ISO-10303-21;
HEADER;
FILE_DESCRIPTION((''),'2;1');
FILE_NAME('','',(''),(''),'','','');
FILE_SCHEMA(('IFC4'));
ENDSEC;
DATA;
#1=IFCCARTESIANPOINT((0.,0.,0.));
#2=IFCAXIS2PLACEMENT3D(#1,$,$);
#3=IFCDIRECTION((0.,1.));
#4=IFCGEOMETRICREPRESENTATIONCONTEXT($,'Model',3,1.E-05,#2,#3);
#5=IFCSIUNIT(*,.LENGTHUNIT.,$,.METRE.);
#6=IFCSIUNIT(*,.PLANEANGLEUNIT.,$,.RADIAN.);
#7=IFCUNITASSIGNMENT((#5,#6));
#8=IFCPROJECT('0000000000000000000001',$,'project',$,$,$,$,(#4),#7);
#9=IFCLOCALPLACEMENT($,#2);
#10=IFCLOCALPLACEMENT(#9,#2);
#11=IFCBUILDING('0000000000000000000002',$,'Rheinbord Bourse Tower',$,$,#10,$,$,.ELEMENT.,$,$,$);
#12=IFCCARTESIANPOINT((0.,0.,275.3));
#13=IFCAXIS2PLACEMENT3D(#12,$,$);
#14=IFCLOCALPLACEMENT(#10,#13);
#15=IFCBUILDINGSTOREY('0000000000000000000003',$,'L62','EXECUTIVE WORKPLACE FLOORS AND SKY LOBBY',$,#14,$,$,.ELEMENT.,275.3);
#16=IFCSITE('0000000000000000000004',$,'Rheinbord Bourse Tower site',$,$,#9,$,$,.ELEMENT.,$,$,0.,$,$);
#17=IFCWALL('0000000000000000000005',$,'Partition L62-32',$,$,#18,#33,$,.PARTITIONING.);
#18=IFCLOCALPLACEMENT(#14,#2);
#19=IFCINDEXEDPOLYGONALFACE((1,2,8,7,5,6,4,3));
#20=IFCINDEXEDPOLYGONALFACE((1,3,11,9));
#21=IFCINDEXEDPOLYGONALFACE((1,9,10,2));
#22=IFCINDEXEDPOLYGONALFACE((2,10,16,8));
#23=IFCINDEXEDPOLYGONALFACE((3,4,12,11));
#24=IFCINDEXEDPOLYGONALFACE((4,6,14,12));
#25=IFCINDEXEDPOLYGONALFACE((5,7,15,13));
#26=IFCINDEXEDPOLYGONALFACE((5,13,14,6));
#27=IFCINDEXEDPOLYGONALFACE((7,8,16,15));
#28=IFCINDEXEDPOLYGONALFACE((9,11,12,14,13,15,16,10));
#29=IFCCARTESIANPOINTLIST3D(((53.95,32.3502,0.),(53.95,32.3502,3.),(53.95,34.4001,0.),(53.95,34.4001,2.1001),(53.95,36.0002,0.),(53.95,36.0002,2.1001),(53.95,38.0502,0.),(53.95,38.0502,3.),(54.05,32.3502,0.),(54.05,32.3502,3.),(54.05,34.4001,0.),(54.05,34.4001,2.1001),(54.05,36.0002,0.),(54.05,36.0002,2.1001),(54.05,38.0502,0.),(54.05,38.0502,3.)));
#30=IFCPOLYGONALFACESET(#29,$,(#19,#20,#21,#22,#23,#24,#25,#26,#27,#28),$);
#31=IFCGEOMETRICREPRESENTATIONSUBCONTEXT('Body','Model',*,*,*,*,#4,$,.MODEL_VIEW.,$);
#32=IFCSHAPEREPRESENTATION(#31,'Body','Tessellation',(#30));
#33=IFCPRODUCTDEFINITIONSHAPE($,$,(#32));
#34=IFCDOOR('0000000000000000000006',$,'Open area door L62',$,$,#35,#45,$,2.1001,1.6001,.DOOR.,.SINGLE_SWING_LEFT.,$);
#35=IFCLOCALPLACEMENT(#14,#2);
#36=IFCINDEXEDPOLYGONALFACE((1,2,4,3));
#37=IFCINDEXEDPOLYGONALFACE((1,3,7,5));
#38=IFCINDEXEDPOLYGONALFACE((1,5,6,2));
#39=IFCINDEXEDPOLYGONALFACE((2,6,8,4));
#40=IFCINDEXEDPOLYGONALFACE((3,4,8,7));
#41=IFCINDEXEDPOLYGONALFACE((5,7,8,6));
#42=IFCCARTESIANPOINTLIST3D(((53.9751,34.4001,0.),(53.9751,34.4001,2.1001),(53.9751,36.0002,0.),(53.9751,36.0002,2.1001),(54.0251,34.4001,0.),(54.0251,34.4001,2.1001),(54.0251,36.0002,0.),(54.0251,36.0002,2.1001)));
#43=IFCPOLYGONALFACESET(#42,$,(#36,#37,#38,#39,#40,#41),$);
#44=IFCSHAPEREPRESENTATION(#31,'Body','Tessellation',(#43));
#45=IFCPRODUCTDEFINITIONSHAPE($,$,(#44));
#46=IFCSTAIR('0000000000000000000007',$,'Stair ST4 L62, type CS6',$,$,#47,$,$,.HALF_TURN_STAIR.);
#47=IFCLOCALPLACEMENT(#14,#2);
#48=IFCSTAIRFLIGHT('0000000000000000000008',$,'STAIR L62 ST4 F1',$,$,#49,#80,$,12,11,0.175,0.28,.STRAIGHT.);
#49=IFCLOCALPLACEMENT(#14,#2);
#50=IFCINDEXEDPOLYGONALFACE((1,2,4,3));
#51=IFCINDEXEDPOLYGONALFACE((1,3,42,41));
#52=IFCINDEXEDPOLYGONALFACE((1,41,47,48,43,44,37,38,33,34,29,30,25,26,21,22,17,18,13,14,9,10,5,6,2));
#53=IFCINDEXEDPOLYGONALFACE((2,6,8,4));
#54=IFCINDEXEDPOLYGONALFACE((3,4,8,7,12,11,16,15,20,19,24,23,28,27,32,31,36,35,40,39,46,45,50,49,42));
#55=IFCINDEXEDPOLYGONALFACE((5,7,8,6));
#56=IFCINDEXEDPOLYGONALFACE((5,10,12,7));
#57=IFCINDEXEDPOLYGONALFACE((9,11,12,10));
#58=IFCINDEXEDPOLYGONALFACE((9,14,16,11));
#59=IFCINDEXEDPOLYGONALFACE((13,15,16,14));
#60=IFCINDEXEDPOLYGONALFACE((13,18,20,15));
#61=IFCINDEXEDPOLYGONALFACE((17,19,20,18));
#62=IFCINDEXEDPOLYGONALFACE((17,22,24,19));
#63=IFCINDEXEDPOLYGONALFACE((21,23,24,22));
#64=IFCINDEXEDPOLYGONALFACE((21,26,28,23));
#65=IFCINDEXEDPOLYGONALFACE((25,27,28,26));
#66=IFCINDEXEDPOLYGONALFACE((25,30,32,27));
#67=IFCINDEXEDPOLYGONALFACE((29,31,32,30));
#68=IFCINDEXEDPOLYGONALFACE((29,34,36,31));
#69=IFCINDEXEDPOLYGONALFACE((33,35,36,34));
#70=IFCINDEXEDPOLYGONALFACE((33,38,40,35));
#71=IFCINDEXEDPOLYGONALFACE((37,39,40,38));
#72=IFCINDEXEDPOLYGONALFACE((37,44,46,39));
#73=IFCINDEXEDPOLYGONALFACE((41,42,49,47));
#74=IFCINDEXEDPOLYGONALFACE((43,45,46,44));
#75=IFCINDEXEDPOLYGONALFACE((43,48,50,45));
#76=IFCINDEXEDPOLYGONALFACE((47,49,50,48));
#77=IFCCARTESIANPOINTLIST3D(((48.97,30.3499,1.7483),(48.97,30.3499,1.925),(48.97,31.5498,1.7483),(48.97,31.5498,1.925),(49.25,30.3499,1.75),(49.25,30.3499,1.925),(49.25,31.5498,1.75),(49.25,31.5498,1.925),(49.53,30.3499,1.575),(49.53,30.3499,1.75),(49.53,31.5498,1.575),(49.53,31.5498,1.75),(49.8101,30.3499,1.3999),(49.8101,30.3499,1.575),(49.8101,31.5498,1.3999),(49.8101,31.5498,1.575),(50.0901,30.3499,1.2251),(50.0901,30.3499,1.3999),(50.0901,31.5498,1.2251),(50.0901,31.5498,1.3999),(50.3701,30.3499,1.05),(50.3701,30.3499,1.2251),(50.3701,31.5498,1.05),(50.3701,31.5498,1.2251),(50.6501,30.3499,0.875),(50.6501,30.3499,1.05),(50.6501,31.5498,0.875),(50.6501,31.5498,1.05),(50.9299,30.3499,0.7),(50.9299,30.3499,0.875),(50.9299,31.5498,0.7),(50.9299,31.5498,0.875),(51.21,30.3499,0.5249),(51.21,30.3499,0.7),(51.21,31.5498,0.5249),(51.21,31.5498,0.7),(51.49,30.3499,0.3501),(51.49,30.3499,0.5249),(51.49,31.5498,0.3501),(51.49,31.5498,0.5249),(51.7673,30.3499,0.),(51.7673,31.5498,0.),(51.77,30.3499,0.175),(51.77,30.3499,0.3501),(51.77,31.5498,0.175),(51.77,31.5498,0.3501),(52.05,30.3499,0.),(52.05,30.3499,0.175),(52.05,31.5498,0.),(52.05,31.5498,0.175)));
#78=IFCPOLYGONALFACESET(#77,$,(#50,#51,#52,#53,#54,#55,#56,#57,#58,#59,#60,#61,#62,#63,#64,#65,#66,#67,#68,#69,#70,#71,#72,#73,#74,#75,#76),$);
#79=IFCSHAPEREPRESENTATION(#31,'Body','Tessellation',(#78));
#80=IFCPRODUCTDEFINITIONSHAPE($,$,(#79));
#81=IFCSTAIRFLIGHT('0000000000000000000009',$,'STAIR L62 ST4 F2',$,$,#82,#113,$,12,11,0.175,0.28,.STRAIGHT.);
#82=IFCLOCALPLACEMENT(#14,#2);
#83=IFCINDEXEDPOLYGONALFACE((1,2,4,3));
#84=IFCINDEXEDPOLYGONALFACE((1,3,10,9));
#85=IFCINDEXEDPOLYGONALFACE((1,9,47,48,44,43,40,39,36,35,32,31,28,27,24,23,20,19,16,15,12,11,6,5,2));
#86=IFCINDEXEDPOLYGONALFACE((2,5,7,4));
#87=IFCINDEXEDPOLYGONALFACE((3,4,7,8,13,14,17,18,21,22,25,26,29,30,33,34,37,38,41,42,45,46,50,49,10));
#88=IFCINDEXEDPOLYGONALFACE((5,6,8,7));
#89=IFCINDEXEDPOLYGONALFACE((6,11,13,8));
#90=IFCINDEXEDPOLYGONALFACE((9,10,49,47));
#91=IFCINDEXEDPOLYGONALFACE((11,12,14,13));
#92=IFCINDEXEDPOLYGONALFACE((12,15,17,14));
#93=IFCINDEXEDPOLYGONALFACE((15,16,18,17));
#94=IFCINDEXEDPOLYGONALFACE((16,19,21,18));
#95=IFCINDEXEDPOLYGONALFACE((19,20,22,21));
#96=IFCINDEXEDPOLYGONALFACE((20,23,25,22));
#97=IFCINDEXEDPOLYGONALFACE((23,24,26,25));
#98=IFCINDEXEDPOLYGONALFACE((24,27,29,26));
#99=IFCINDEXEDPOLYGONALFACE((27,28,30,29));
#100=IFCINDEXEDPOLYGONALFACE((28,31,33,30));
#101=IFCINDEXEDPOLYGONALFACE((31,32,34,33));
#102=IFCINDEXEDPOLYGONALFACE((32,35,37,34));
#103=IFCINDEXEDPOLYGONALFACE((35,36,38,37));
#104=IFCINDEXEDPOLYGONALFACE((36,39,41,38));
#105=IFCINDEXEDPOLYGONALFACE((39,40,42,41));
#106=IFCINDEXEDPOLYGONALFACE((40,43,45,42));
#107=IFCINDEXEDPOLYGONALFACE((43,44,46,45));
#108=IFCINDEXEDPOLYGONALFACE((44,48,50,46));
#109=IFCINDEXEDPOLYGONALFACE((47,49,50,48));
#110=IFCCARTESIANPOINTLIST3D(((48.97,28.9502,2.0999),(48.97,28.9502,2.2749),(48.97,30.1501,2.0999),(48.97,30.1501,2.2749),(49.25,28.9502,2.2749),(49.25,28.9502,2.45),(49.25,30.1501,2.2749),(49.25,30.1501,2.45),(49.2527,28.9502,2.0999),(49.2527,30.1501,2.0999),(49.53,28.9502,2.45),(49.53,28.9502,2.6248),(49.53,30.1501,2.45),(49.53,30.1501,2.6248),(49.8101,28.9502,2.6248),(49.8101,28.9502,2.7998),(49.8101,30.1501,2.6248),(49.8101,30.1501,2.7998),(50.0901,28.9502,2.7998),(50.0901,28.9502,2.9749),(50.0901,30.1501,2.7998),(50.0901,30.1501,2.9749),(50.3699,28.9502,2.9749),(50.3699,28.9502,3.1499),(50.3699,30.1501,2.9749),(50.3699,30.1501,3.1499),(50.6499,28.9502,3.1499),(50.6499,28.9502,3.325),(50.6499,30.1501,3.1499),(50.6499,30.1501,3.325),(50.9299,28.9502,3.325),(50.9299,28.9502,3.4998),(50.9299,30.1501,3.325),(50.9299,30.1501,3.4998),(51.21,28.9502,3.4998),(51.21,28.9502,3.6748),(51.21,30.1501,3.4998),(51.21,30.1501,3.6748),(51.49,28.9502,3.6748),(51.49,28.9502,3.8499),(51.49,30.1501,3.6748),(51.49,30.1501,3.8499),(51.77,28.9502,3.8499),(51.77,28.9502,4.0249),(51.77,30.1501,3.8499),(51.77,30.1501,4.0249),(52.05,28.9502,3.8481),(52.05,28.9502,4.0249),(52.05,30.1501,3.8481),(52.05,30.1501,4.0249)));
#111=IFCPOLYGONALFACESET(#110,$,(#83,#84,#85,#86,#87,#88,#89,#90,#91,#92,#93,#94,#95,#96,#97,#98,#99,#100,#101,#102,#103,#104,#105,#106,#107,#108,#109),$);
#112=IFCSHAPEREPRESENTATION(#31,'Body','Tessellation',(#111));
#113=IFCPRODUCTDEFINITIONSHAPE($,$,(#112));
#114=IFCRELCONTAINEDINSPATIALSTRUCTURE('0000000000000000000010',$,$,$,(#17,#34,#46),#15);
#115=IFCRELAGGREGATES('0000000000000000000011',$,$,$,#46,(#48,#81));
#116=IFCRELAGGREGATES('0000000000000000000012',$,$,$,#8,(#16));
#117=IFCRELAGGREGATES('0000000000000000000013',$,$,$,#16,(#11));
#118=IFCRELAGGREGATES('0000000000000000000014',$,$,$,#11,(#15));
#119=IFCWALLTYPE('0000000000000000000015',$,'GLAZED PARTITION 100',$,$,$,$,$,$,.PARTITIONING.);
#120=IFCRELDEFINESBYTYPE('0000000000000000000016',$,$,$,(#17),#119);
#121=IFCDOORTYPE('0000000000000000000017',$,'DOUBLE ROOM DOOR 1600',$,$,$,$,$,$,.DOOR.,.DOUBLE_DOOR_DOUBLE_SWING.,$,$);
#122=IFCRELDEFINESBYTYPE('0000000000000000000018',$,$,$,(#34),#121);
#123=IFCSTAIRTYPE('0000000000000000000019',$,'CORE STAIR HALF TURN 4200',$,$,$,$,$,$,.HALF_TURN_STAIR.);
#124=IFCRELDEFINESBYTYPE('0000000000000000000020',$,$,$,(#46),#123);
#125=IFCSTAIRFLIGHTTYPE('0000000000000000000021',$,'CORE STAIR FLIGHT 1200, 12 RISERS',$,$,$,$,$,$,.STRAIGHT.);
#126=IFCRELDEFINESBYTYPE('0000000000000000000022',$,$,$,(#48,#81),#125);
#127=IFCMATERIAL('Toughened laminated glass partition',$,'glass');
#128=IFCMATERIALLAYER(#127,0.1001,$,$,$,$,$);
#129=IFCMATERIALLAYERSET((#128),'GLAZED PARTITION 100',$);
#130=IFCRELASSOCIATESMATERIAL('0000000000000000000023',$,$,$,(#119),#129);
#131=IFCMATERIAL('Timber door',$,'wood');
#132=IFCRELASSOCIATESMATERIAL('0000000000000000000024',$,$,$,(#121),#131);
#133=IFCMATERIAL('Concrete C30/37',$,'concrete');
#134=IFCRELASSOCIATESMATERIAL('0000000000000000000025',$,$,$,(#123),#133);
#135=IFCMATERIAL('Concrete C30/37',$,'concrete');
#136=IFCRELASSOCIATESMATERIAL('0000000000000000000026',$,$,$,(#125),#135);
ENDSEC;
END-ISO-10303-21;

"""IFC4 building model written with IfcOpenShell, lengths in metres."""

from ifc_helpers import new_model, si_unit, direction, frame, frame_2d, origin, place, context, subcontext, project, spatial, polyline, rectangle, outline, extrude, material, layer, layer_set, type_object, element, fill, aggregate, save


model = new_model("IFC4")

# Units and contexts
model_context = context("Model", 3, precision=1e-05, world=origin(), true_north=direction((0.0, 1.0)))
body_context = subcontext(model_context, "Body", "Model", "MODEL_VIEW")
ifc_project = project(units=[si_unit("LENGTHUNIT", "METRE"), si_unit("PLANEANGLEUNIT", "RADIAN")], contexts=[model_context])

# Site, building, storey
site_placement = place(None, origin())
site = spatial("IfcSite", under=ifc_project, at=site_placement, Name="Rheinbord Bourse Tower site", CompositionType="ELEMENT", RefElevation=0.0)
building_placement = place(site_placement, origin())
building = spatial("IfcBuilding", under=site, at=building_placement, Name="Rheinbord Bourse Tower", CompositionType="ELEMENT")
storey_placement = place(building_placement, frame((0.0, 0.0, 275.3)))
storey = spatial("IfcBuildingStorey", under=building, at=storey_placement, Name="L62", Description="EXECUTIVE WORKPLACE FLOORS AND SKY LOBBY", CompositionType="ELEMENT", Elevation=275.3)

# Wall, opening, door
ifc_material_1 = material(Name="Toughened laminated glass partition", Category="glass")
ifc_layer_1 = layer(ifc_material_1, 0.1001)
ifc_layer_set_1 = layer_set([ifc_layer_1], Name="GLAZED PARTITION 100")
wall_type_1 = type_object("IfcWallType", Name="GLAZED PARTITION 100", PredefinedType="PARTITIONING", material=ifc_layer_set_1)
wall_1_placement = place(storey_placement, frame((54.0, 32.3501, 0.0), z_axis=(0.0, 0.0, 1.0), x_axis=(0.0, 1.0, 0.0)))
wall_1 = element("IfcWall", 1, at=wall_1_placement, inside=storey, type_object=wall_type_1, Name="Partition L62-32", PredefinedType="PARTITIONING", context=body_context, shape_type="SweptSolid", body=[
    extrude(rectangle(XDim=5.7, YDim=0.1001, at=frame_2d((2.8501, 0.0))), origin(), (0.0, 0.0, 1.0), 3.0),
])
opening_1_placement = place(wall_1_placement, frame((2.05, 0.0, 0.0)))
opening_1 = element("IfcOpeningElement", 2, at=opening_1_placement, cuts=wall_1, PredefinedType="OPENING", context=body_context, shape_type="SweptSolid", body=[
    extrude(rectangle(XDim=1.6001, YDim=2.1001, at=frame_2d((0.8, 1.05))), frame((0.0, 0.0601, 0.0), z_axis=(0.0, -1.0, 0.0), x_axis=(1.0, 0.0, 0.0)), (0.0, 0.0, 1.0), 0.1201),
])
ifc_material_2 = material(Name="Timber door", Category="wood")
door_type_1 = type_object("IfcDoorType", Name="DOUBLE ROOM DOOR 1600", OperationType="DOUBLE_DOOR_DOUBLE_SWING", PredefinedType="DOOR", material=ifc_material_2)
door_1_placement = place(opening_1_placement, origin())
door_1 = element("IfcDoor", 3, at=door_1_placement, inside=storey, type_object=door_type_1, Name="Open area door L62", OperationType="SINGLE_SWING_LEFT", OverallHeight=2.1001, OverallWidth=1.6001, PredefinedType="DOOR", context=body_context, shape_type="SweptSolid", body=[
    extrude(rectangle(XDim=1.6001, YDim=2.1001, at=frame_2d((0.8, 1.05))), frame((0.0, 0.0249, 0.0), z_axis=(0.0, -1.0, 0.0), x_axis=(1.0, 0.0, 0.0)), (0.0, 0.0, 1.0), 0.05),
])
fill(opening_1, door_1)

# Stair, stair flights
ifc_material_3 = material(Name="Concrete C30/37", Category="concrete")
stair_type = type_object("IfcStairType", Name="CORE STAIR HALF TURN 4200", PredefinedType="HALF_TURN_STAIR", material=ifc_material_3)
stair_placement = place(storey_placement, origin())
stair = element("IfcStair", 4, at=stair_placement, inside=storey, type_object=stair_type, Name="Stair ST4 L62, type CS6", PredefinedType="HALF_TURN_STAIR")
ifc_material_4 = material(Name="Concrete C30/37", Category="concrete")
stair_flight_type = type_object("IfcStairFlightType", Name="CORE STAIR FLIGHT 1200, 12 RISERS", PredefinedType="STRAIGHT", material=ifc_material_4)
stair_flight_1_placement = place(storey_placement, frame((52.05, 30.95, 0.0), z_axis=(0.0, 0.0, 1.0), x_axis=(-1.0, 0.0, 0.0)))
stair_flight_1 = element("IfcStairFlight", 5, at=stair_flight_1_placement, type_object=stair_flight_type, Name="STAIR L62 ST4 F1", NumberOfRisers=12, NumberOfTreads=11, PredefinedType="STRAIGHT", RiserHeight=0.175, TreadLength=0.28, context=body_context, shape_type="SweptSolid", body=[
    extrude(outline(polyline([(0.0, 0.0), (0.0, 0.175), (0.28, 0.175), (0.28, 0.3501), (0.5601, 0.3501), (0.5601, 0.5249), (0.8401, 0.5249), (0.8401, 0.7), (1.1201, 0.7), (1.1201, 0.875), (1.3999, 0.875), (1.3999, 1.05), (1.6799, 1.05), (1.6799, 1.2251), (1.96, 1.2251), (1.96, 1.3999), (2.24, 1.3999), (2.24, 1.575), (2.52, 1.575), (2.52, 1.75), (2.8, 1.75), (2.8, 1.925), (3.0801, 1.925), (3.0801, 2.1001), (3.0801, 1.7483), (0.2827, 0.0), (0.0, 0.0)])), frame((0.0, 0.6001, 0.0), z_axis=(0.0, -1.0, 0.0), x_axis=(1.0, 0.0, 0.0)), (0.0, 0.0, 1.0), 1.2),
])
stair_flight_2_placement = place(storey_placement, frame((48.97, 29.55, 2.0999), z_axis=(0.0, 0.0, 1.0), x_axis=(1.0, 0.0, 0.0)))
stair_flight_2 = element("IfcStairFlight", 6, at=stair_flight_2_placement, type_object=stair_flight_type, Name="STAIR L62 ST4 F2", NumberOfRisers=12, NumberOfTreads=11, PredefinedType="STRAIGHT", RiserHeight=0.175, TreadLength=0.28, context=body_context, shape_type="SweptSolid", body=[
    extrude(outline(polyline([(0.0, 0.0), (0.0, 0.175), (0.28, 0.175), (0.28, 0.3501), (0.5601, 0.3501), (0.5601, 0.5249), (0.8401, 0.5249), (0.8401, 0.7), (1.1201, 0.7), (1.1201, 0.875), (1.3999, 0.875), (1.3999, 1.05), (1.6799, 1.05), (1.6799, 1.2251), (1.96, 1.2251), (1.96, 1.3999), (2.24, 1.3999), (2.24, 1.575), (2.52, 1.575), (2.52, 1.75), (2.8, 1.75), (2.8, 1.925), (3.0801, 1.925), (3.0801, 2.1001), (3.0801, 1.7483), (0.2827, 0.0), (0.0, 0.0)])), frame((0.0, 0.6001, 0.0), z_axis=(0.0, -1.0, 0.0), x_axis=(1.0, 0.0, 0.0)), (0.0, 0.0, 1.0), 1.2),
])
aggregate(stair, [stair_flight_1, stair_flight_2])

save(model, "model.ifc")
